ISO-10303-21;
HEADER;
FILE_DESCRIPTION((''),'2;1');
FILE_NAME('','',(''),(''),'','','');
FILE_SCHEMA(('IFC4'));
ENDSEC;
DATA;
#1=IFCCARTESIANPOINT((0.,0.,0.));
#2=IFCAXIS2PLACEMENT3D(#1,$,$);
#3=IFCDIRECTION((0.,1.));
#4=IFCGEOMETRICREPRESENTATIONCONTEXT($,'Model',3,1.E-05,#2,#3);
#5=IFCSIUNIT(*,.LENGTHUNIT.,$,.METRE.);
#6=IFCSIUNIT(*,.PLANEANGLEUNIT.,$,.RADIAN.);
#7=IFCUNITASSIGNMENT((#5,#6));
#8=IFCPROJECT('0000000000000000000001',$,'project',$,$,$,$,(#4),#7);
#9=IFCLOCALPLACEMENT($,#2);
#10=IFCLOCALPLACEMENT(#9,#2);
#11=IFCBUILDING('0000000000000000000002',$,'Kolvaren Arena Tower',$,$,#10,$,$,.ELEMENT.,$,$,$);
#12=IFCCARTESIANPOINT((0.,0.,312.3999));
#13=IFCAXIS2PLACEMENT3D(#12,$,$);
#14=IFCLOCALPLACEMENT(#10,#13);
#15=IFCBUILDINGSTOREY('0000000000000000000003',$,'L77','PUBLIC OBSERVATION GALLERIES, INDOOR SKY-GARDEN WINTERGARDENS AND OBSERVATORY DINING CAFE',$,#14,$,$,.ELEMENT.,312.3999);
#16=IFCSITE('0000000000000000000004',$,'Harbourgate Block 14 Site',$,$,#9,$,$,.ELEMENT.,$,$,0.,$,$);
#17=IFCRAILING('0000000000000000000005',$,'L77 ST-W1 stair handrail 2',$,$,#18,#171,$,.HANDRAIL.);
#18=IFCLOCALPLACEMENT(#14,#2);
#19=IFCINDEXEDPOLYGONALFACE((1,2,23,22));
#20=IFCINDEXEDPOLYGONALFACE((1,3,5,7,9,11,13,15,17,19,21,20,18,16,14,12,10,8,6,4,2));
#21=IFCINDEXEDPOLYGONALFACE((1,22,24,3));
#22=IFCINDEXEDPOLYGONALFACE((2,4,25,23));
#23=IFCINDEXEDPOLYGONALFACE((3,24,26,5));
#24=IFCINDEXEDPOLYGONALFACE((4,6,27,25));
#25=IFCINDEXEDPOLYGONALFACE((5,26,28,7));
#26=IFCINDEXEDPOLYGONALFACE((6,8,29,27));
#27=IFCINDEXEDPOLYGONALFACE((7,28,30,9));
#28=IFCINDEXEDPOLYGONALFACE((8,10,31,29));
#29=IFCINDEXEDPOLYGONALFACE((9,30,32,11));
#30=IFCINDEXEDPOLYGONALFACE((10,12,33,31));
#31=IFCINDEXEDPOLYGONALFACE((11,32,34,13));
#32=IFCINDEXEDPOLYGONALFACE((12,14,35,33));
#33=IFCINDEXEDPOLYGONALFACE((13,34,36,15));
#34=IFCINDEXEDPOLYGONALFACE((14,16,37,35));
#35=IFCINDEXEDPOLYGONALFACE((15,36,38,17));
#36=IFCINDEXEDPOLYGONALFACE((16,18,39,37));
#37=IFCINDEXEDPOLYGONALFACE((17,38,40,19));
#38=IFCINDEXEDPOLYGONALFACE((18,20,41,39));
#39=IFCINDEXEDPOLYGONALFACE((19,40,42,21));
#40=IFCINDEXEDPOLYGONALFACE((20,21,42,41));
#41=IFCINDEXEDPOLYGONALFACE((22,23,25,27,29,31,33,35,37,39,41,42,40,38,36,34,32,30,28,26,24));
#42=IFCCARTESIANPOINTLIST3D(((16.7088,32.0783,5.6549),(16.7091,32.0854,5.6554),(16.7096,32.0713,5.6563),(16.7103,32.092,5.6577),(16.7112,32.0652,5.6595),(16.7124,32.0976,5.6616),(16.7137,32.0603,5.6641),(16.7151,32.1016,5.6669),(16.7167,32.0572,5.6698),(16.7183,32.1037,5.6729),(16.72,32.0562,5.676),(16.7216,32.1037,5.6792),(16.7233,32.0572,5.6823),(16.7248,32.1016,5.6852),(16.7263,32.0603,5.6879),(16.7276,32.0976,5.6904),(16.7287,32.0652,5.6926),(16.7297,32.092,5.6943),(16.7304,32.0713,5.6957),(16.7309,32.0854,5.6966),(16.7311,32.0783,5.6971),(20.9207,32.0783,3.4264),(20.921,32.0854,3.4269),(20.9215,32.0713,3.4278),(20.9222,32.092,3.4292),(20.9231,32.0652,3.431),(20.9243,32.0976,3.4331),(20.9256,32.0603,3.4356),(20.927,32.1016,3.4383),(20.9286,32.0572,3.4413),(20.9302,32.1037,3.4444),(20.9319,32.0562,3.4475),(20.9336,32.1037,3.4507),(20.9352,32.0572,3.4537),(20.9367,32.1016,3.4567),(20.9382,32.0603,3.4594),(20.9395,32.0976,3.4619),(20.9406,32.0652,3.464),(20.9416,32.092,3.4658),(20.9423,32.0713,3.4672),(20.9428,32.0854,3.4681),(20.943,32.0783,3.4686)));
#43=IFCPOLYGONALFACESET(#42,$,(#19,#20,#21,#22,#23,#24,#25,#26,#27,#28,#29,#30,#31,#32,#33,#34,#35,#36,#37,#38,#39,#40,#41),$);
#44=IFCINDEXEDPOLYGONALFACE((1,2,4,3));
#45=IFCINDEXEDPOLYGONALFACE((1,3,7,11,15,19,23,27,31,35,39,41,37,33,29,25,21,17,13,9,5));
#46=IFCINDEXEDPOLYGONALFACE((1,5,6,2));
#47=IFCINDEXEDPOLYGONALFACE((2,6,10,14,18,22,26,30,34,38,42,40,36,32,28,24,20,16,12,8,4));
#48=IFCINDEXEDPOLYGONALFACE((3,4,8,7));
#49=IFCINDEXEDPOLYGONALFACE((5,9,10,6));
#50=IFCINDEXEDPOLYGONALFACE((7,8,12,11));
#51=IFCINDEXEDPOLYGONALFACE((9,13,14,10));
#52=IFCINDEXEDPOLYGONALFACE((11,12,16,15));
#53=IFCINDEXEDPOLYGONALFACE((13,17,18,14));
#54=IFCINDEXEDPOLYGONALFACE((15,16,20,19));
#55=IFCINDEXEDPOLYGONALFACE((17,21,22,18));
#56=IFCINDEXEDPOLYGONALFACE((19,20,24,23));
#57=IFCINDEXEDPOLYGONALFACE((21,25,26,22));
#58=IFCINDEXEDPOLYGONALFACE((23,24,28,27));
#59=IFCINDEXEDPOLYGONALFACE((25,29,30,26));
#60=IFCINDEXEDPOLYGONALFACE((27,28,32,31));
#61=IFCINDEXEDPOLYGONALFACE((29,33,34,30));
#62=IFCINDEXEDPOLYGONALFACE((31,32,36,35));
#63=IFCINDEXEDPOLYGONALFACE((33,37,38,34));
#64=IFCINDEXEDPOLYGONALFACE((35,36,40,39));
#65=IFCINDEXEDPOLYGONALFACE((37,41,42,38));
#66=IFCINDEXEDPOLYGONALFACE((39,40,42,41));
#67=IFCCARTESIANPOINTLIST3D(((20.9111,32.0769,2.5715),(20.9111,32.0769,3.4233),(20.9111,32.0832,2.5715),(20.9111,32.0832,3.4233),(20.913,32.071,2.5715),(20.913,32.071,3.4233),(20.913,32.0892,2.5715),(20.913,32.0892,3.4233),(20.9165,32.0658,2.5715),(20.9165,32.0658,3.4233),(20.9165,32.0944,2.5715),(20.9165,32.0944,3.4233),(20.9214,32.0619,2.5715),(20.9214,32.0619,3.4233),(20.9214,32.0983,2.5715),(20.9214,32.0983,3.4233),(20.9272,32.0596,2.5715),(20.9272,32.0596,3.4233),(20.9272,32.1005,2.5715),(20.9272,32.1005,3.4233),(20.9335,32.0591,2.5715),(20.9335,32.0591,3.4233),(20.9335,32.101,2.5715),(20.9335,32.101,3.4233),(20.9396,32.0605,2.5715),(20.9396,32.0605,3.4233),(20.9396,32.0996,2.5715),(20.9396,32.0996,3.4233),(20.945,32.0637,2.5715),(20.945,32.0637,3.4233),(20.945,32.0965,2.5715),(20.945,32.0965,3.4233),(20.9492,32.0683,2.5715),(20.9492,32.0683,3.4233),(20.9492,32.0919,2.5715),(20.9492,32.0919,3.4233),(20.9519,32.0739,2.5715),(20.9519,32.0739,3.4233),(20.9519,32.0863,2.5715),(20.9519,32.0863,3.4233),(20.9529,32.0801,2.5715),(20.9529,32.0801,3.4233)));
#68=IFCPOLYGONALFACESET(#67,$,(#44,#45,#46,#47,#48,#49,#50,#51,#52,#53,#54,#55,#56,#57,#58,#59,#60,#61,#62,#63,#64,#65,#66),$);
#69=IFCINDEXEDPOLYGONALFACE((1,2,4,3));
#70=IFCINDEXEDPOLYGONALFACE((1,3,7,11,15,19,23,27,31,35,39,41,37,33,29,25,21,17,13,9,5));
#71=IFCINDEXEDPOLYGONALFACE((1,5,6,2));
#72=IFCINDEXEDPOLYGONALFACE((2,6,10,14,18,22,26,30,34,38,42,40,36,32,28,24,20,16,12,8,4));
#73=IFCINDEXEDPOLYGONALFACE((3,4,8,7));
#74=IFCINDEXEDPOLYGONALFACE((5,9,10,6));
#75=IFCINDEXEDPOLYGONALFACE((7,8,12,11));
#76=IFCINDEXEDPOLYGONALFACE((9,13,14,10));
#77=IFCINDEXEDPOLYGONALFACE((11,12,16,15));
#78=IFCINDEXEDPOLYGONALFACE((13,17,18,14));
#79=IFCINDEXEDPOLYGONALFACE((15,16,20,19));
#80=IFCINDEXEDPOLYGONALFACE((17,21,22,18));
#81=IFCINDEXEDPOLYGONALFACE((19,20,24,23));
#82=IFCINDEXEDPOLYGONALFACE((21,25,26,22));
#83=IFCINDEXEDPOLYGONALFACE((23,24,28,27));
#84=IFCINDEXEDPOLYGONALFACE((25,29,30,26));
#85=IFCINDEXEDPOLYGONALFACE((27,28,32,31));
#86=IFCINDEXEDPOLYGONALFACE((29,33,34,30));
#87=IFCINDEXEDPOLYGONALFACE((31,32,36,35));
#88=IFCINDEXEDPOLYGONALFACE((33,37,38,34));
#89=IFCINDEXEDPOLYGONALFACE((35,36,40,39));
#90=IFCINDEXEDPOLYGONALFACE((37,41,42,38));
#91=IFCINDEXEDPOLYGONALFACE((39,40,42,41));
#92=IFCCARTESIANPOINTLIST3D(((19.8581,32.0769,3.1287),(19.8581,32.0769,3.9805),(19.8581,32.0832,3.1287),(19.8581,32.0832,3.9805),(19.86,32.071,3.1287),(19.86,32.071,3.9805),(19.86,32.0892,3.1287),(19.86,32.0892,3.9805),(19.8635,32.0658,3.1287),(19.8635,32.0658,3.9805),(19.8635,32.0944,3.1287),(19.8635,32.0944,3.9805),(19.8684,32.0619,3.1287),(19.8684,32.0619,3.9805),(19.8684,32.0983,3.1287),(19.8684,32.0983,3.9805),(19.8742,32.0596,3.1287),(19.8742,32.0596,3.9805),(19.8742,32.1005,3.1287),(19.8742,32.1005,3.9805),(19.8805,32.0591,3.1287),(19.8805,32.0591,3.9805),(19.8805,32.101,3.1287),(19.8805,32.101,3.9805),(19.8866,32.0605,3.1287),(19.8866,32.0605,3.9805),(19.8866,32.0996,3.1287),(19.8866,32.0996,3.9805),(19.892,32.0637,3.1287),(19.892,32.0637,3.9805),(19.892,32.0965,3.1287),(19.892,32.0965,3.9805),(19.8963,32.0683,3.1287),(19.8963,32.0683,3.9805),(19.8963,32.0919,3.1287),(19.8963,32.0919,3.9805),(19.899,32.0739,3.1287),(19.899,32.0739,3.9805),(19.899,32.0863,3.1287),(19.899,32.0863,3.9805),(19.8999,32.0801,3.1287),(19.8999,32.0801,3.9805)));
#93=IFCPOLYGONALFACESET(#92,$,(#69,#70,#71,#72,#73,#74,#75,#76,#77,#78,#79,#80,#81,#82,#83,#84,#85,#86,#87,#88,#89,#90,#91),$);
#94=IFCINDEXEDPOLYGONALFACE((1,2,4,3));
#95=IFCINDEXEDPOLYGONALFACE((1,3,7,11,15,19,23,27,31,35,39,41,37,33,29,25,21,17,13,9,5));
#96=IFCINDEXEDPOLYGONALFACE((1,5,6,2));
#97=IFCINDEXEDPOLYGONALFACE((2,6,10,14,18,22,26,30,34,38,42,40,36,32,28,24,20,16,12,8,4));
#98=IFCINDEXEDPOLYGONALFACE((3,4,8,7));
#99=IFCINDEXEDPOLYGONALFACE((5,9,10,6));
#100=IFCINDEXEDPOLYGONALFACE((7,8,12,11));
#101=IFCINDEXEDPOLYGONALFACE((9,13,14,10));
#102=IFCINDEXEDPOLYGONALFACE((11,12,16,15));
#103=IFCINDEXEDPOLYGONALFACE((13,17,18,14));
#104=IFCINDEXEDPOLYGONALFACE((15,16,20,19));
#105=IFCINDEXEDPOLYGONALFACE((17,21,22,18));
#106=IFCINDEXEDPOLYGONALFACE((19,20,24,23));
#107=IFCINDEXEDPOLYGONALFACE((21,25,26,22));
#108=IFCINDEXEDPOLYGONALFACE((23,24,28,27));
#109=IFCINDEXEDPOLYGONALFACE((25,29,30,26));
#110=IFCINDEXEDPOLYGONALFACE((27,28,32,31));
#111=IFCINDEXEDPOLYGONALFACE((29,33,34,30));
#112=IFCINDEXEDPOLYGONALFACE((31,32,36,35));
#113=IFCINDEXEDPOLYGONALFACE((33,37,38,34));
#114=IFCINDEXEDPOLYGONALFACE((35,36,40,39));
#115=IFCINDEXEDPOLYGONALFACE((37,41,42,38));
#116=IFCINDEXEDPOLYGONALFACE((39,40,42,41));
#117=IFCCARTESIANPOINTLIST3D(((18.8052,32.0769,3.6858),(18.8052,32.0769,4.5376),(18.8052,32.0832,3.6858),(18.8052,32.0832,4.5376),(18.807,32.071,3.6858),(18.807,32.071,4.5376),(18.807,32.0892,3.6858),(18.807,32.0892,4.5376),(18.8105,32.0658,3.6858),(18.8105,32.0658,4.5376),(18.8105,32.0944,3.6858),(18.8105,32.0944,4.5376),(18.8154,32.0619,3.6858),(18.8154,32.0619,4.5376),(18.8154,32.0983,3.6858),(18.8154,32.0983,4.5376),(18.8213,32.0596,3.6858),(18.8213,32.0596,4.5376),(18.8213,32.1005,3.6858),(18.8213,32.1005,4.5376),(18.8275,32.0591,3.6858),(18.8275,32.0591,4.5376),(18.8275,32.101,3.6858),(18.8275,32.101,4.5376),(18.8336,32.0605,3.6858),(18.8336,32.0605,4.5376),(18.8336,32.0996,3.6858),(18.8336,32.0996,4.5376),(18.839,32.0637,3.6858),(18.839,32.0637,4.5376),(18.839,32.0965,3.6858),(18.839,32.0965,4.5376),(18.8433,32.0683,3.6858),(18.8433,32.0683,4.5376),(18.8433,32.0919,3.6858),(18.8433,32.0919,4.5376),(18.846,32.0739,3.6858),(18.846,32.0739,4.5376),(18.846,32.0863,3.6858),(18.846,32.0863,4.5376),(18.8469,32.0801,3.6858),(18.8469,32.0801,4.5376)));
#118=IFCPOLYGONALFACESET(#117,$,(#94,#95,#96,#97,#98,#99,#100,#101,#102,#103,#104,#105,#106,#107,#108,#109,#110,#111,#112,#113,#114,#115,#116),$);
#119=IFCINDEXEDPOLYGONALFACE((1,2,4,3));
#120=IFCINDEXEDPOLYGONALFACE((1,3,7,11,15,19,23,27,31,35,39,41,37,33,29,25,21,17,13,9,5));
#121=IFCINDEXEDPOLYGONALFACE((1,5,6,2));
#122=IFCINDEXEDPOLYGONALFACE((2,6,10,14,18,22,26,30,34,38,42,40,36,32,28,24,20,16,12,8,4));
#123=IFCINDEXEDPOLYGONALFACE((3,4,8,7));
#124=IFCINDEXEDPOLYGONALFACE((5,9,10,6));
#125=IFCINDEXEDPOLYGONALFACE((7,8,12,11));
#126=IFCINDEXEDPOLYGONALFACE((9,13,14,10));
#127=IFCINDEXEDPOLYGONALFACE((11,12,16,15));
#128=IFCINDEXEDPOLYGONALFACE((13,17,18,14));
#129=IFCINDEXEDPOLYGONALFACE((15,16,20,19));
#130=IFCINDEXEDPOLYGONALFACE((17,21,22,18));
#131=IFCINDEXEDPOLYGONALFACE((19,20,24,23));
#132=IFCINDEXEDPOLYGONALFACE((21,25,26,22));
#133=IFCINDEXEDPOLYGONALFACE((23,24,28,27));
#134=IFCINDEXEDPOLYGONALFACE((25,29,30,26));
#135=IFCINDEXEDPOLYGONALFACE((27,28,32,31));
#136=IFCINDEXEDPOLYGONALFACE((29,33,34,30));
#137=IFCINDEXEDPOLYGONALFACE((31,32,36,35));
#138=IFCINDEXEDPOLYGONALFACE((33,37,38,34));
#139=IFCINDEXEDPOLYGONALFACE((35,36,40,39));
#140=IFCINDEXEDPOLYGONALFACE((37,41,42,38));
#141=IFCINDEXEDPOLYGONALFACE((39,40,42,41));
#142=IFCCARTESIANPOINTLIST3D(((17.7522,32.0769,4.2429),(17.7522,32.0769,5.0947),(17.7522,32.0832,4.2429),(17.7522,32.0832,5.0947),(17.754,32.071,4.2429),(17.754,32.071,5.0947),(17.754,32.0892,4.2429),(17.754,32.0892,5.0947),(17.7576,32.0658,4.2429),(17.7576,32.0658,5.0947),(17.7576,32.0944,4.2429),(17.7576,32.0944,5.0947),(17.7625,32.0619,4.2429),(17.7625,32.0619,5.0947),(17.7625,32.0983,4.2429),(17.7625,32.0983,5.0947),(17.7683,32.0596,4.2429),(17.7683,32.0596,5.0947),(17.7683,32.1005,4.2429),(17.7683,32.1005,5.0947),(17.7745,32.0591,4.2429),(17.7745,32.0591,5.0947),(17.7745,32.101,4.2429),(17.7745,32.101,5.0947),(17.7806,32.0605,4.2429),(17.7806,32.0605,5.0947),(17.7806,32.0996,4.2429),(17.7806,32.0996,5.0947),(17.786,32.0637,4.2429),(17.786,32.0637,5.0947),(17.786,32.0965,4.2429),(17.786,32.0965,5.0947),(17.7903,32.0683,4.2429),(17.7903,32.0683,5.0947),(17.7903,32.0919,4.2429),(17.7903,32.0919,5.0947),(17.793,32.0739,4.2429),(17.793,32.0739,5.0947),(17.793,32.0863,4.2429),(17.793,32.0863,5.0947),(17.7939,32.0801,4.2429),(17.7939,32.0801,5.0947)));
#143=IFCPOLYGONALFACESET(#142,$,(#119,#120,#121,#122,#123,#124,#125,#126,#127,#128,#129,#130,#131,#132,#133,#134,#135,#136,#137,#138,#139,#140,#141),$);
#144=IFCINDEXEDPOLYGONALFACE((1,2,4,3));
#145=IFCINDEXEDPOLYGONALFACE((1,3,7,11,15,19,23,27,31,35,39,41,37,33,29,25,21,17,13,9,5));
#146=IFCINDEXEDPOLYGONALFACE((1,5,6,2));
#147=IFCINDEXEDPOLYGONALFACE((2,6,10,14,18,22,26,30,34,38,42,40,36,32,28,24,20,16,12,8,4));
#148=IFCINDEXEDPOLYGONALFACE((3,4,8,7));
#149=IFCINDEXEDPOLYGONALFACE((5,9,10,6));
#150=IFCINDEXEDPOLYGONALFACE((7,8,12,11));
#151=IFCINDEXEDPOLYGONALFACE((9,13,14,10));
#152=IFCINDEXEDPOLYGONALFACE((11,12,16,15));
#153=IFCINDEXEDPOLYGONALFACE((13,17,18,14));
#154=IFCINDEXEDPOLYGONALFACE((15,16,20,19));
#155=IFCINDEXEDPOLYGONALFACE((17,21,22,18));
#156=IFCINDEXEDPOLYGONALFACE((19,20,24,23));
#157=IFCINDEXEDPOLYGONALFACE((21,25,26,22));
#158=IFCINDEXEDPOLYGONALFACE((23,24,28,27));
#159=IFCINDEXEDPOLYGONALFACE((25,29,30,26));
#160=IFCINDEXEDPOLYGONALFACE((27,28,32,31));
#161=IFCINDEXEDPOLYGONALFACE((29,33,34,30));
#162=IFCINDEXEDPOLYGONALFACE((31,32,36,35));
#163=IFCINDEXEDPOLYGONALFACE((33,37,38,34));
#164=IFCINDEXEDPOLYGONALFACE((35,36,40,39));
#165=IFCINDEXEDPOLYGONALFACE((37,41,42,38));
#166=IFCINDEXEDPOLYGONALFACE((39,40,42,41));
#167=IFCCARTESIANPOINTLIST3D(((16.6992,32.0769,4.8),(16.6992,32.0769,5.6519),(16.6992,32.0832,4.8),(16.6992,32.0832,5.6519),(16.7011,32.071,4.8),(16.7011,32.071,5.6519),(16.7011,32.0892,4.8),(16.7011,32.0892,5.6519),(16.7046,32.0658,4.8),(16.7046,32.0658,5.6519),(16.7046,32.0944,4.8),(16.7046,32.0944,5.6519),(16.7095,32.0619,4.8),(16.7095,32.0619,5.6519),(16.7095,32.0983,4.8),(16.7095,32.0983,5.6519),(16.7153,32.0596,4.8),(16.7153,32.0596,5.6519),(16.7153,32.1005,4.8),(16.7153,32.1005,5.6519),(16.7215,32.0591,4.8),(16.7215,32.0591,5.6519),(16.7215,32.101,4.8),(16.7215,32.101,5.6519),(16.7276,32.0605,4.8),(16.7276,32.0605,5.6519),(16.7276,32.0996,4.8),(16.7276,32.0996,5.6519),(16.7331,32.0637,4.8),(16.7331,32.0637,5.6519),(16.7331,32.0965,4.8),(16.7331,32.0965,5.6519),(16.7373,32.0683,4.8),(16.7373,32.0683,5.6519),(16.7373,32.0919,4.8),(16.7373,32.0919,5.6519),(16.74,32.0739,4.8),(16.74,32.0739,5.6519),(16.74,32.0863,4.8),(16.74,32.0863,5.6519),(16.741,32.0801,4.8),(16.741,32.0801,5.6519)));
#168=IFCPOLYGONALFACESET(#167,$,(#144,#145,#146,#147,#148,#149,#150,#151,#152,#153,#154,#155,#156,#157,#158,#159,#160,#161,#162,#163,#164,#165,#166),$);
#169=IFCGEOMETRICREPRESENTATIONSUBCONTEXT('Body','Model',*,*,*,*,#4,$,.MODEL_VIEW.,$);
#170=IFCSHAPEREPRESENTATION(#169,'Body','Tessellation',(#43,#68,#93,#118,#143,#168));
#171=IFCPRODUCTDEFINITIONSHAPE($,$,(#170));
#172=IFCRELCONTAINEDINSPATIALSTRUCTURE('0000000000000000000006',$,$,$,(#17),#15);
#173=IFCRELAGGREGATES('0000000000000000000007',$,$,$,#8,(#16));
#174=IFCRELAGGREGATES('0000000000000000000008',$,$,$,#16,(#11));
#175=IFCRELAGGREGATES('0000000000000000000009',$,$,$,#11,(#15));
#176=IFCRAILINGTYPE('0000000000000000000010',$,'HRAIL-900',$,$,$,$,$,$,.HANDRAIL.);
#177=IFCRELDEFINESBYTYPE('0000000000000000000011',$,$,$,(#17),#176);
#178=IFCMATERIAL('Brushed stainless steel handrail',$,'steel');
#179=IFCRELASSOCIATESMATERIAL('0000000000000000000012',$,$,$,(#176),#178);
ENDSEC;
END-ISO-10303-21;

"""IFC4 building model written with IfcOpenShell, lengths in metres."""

from ifc_helpers import new_model, si_unit, direction, frame, origin, origin_2d, place, context, subcontext, project, spatial, circle, extrude, material, type_object, element, save


model = new_model("IFC4")

# Units and contexts
model_context = context("Model", 3, precision=1e-05, world=origin(), true_north=direction((0.0, 1.0)))
body_context = subcontext(model_context, "Body", "Model", "MODEL_VIEW")
ifc_project = project(units=[si_unit("LENGTHUNIT", "METRE"), si_unit("PLANEANGLEUNIT", "RADIAN")], contexts=[model_context])

# Site, building, storey
site_placement = place(None, origin())
site = spatial("IfcSite", under=ifc_project, at=site_placement, Name="Harbourgate Block 14 Site", CompositionType="ELEMENT", RefElevation=0.0)
building_placement = place(site_placement, origin())
building = spatial("IfcBuilding", under=site, at=building_placement, Name="Kolvaren Arena Tower", CompositionType="ELEMENT")
storey_placement = place(building_placement, frame((0.0, 0.0, 312.3999)))
storey = spatial("IfcBuildingStorey", under=building, at=storey_placement, Name="L77", Description="PUBLIC OBSERVATION GALLERIES, INDOOR SKY-GARDEN WINTERGARDENS AND OBSERVATORY DINING CAFE", CompositionType="ELEMENT", Elevation=312.3999)

# Railing
ifc_material_1 = material(Name="Brushed stainless steel handrail", Category="steel")
railing_type_1 = type_object("IfcRailingType", Name="HRAIL-900", PredefinedType="HANDRAIL", material=ifc_material_1)
railing_1_placement = place(storey_placement, frame((20.9319, 32.0801, 2.5715)))
element("IfcRailing", 1, at=railing_1_placement, inside=storey, type_object=railing_type_1, Name="L77 ST-W1 stair handrail 2", PredefinedType="HANDRAIL", context=body_context, shape_type="SweptSolid", body=[
    extrude(circle(Radius=0.0239, at=origin_2d()), frame((0.0, 0.0, 0.876), z_axis=(-0.883903, 0.0, 0.467671), x_axis=(0.0, -1.0, 0.0)), (0.0, 0.0, 1.0), 4.7651),
    extrude(circle(Radius=0.021, at=origin_2d()), origin(), (0.0, 0.0, 1.0), 0.8518),
    extrude(circle(Radius=0.021, at=origin_2d()), frame((-1.053, 0.0, 0.5571)), (0.0, 0.0, 1.0), 0.8518),
    extrude(circle(Radius=0.021, at=origin_2d()), frame((-2.106, 0.0, 1.1143)), (0.0, 0.0, 1.0), 0.8518),
    extrude(circle(Radius=0.021, at=origin_2d()), frame((-3.1589, 0.0, 1.6714)), (0.0, 0.0, 1.0), 0.8518),
    extrude(circle(Radius=0.021, at=origin_2d()), frame((-4.2119, 0.0, 2.2285)), (0.0, 0.0, 1.0), 0.8518),
])

save(model, "model.ifc")
